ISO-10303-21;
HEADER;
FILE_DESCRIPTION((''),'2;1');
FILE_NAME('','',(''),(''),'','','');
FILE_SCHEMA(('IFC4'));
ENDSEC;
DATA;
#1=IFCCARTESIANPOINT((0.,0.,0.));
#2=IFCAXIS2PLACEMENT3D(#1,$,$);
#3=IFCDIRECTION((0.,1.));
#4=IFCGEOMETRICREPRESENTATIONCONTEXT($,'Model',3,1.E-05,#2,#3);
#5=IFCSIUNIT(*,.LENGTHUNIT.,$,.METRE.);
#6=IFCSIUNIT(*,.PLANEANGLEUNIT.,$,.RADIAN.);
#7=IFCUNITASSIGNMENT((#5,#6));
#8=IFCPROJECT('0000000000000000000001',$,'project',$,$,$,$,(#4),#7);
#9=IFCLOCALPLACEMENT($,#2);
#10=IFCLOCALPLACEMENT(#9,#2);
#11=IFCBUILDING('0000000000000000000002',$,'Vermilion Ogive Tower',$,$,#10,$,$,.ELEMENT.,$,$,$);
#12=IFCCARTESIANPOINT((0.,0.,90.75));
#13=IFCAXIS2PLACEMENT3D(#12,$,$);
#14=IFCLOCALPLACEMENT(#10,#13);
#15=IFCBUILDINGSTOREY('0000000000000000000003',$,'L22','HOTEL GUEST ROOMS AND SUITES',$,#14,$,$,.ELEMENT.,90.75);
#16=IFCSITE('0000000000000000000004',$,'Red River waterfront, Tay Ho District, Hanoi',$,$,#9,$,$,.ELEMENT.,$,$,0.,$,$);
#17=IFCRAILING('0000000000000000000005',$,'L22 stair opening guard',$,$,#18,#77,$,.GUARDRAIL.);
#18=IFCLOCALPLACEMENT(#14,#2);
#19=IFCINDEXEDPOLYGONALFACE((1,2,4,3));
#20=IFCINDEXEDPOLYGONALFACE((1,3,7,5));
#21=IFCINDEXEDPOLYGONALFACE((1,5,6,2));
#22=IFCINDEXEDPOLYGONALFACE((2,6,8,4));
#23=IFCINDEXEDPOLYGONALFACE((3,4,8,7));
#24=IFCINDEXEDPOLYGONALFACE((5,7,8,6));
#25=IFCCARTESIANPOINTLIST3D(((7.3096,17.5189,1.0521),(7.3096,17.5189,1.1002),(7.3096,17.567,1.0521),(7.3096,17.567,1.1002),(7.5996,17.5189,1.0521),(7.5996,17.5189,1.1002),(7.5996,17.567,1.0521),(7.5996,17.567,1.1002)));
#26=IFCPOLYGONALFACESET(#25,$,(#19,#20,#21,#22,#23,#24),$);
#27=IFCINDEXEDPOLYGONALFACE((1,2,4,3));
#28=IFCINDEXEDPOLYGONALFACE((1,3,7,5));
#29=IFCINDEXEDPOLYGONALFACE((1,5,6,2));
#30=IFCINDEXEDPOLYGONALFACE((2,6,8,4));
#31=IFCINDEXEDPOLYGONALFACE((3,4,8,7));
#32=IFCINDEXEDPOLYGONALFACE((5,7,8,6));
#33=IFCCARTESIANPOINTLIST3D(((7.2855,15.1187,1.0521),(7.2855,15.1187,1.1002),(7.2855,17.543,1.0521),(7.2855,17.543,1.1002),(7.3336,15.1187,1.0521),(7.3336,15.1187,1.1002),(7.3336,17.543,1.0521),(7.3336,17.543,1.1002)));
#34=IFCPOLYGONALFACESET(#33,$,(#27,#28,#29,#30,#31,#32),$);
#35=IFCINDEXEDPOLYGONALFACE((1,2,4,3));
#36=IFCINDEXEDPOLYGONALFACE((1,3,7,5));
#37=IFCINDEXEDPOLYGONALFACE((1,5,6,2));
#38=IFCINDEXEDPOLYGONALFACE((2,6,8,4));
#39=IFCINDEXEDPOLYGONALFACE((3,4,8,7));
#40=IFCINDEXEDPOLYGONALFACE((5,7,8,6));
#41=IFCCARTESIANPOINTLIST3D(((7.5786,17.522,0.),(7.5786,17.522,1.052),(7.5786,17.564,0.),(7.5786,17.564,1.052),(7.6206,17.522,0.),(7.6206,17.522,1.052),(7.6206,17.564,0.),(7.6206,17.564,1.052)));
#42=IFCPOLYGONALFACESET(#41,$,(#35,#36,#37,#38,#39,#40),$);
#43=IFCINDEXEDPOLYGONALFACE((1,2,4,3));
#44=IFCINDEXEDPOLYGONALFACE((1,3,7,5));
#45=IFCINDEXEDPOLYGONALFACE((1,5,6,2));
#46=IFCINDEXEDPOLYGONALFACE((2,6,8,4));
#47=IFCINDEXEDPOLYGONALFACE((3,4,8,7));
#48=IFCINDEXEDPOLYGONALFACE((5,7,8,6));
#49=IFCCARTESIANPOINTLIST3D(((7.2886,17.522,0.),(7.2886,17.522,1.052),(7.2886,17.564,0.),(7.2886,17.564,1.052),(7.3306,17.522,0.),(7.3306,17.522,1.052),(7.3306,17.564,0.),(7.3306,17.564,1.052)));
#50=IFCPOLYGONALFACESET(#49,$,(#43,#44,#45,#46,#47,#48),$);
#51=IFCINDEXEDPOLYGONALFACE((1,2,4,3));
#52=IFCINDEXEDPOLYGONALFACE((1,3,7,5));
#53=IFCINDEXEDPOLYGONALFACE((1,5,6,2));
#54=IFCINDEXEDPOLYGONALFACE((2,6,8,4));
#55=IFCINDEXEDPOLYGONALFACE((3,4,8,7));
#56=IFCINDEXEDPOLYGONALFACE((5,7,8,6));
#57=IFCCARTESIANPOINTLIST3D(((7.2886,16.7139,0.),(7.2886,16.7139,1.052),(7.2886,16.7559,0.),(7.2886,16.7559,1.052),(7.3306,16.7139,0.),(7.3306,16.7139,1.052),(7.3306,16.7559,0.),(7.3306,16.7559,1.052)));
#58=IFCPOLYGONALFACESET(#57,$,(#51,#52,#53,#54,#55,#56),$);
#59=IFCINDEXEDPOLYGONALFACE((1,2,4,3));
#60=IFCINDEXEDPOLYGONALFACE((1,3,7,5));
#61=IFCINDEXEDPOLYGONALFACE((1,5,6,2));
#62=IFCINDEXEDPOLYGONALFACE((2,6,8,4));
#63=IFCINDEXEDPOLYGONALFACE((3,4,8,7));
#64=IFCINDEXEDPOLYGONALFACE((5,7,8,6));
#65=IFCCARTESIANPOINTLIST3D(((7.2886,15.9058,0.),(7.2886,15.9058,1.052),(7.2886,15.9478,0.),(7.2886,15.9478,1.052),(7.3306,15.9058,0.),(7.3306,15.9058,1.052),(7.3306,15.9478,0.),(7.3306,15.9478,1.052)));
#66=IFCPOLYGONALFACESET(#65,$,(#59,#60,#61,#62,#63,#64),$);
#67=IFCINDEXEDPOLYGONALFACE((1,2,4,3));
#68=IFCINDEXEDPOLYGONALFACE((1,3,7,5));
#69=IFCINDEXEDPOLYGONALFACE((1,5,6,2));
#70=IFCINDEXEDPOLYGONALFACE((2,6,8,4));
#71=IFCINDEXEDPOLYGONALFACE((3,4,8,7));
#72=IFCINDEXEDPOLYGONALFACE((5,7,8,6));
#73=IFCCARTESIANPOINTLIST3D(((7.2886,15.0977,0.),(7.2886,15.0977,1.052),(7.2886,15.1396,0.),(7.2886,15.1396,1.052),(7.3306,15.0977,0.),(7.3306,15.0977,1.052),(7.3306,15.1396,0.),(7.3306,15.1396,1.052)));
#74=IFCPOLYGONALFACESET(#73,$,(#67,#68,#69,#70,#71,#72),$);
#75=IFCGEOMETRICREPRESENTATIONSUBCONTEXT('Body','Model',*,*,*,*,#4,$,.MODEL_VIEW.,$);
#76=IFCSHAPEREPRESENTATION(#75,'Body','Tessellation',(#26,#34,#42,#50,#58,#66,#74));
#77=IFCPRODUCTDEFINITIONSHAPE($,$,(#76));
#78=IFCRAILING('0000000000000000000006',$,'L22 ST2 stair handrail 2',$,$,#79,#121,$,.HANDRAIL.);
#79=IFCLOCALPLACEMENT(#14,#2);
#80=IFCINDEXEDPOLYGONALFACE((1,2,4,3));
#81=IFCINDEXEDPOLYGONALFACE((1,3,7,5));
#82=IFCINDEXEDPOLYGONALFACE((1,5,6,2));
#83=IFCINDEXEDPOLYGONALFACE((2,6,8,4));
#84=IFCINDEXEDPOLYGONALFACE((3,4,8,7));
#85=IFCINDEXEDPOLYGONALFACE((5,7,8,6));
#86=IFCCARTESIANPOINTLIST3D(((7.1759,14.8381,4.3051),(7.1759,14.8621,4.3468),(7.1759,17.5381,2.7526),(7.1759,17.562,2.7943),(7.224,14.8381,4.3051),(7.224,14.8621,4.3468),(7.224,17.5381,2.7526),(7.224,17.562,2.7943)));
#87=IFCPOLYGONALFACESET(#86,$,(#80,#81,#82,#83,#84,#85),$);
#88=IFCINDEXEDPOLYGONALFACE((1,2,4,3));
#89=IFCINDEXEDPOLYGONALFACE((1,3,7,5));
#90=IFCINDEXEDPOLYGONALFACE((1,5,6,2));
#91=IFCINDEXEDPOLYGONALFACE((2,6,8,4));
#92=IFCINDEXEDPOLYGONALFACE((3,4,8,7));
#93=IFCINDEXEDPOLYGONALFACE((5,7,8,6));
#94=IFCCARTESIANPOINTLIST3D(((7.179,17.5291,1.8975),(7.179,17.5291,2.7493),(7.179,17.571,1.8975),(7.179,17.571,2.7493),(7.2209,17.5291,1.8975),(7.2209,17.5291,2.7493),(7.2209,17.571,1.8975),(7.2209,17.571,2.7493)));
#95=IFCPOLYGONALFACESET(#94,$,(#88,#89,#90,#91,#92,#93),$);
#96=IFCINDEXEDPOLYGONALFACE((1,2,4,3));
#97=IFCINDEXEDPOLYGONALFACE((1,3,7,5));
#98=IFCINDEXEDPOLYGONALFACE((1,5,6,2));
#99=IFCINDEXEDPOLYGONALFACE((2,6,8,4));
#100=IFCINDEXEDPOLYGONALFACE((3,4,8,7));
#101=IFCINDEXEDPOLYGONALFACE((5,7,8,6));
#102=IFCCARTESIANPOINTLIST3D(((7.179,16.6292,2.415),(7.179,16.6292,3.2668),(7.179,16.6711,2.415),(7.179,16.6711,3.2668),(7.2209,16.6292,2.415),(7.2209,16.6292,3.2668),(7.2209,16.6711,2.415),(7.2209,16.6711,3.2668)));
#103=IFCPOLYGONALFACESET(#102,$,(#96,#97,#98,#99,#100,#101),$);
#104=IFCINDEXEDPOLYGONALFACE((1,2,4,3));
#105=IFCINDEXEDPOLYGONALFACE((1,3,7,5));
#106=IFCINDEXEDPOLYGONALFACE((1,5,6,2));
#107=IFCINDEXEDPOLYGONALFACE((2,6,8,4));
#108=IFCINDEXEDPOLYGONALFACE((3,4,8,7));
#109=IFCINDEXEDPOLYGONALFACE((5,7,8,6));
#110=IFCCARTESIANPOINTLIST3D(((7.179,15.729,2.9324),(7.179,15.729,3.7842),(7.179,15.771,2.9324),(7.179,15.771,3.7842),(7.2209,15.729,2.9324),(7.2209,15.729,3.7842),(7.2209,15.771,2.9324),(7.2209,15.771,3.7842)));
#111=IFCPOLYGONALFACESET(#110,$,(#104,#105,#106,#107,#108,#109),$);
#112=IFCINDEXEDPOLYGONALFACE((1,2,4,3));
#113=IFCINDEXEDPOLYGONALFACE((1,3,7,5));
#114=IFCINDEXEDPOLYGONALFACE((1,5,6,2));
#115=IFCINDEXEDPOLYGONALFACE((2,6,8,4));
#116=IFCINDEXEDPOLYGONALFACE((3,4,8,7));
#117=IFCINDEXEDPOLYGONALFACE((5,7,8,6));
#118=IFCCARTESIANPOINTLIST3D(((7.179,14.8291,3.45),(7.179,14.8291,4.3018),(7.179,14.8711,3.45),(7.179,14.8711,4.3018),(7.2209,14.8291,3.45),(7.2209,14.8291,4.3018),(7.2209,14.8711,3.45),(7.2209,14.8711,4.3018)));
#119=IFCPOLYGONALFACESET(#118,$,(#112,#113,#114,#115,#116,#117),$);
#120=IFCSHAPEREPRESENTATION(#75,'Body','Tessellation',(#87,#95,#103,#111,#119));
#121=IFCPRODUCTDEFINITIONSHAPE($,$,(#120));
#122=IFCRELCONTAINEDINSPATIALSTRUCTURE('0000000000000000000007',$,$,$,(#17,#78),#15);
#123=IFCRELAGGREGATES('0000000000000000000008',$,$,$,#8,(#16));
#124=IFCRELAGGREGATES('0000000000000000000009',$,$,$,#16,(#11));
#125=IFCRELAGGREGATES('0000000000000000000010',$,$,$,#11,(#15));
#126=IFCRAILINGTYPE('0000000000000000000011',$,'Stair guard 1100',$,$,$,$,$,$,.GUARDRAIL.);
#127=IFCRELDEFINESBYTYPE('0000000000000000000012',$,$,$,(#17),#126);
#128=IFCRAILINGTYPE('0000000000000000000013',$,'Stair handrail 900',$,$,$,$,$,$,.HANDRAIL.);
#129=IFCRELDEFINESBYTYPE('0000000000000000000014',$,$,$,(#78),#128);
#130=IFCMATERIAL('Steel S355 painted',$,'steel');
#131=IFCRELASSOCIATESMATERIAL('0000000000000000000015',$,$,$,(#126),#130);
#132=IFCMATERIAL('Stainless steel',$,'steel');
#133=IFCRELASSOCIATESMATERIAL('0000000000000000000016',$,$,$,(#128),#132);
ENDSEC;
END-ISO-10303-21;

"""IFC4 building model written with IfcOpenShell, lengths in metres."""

from ifc_helpers import new_model, si_unit, direction, frame, origin, origin_2d, place, context, subcontext, project, spatial, rectangle, extrude, material, type_object, element, save


model = new_model("IFC4")

# Units and contexts
model_context = context("Model", 3, precision=1e-05, world=origin(), true_north=direction((0.0, 1.0)))
body_context = subcontext(model_context, "Body", "Model", "MODEL_VIEW")
ifc_project = project(units=[si_unit("LENGTHUNIT", "METRE"), si_unit("PLANEANGLEUNIT", "RADIAN")], contexts=[model_context])

# Site, building, storey
site_placement = place(None, origin())
site = spatial("IfcSite", under=ifc_project, at=site_placement, Name="Red River waterfront, Tay Ho District, Hanoi", CompositionType="ELEMENT", RefElevation=0.0)
building_placement = place(site_placement, origin())
building = spatial("IfcBuilding", under=site, at=building_placement, Name="Vermilion Ogive Tower", CompositionType="ELEMENT")
storey_placement = place(building_placement, frame((0.0, 0.0, 90.75)))
storey = spatial("IfcBuildingStorey", under=building, at=storey_placement, Name="L22", Description="HOTEL GUEST ROOMS AND SUITES", CompositionType="ELEMENT", Elevation=90.75)

# Railings
ifc_material_1 = material(Name="Steel S355 painted", Category="steel")
railing_type_1 = type_object("IfcRailingType", Name="Stair guard 1100", PredefinedType="GUARDRAIL", material=ifc_material_1)
railing_1_placement = place(storey_placement, frame((7.5996, 17.543, 0.0)))
element("IfcRailing", 1, at=railing_1_placement, inside=storey, type_object=railing_type_1, Name="L22 stair opening guard", PredefinedType="GUARDRAIL", context=body_context, shape_type="SweptSolid", body=[
    extrude(rectangle(XDim=0.0481, YDim=0.0481, at=origin_2d()), frame((0.0, 0.0, 1.0762), z_axis=(-1.0, 0.0, 0.0), x_axis=(0.0, -1.0, 0.0)), (0.0, 0.0, 1.0), 0.29),
    extrude(rectangle(XDim=0.0481, YDim=0.0481, at=origin_2d()), frame((-0.29, 0.0, 1.0762), z_axis=(0.0, -1.0, 0.0), x_axis=(1.0, 0.0, 0.0)), (0.0, 0.0, 1.0), 2.4243),
    extrude(rectangle(XDim=0.042, YDim=0.042, at=origin_2d()), origin(), (0.0, 0.0, 1.0), 1.052),
    extrude(rectangle(XDim=0.042, YDim=0.042, at=origin_2d()), frame((-0.29, 0.0, 0.0)), (0.0, 0.0, 1.0), 1.052),
    extrude(rectangle(XDim=0.042, YDim=0.042, at=origin_2d()), frame((-0.29, -0.8081, 0.0)), (0.0, 0.0, 1.0), 1.052),
    extrude(rectangle(XDim=0.042, YDim=0.042, at=origin_2d()), frame((-0.29, -1.6162, 0.0)), (0.0, 0.0, 1.0), 1.052),
    extrude(rectangle(XDim=0.042, YDim=0.042, at=origin_2d()), frame((-0.29, -2.4243, 0.0)), (0.0, 0.0, 1.0), 1.052),
])
ifc_material_2 = material(Name="Stainless steel", Category="steel")
railing_type_2 = type_object("IfcRailingType", Name="Stair handrail 900", PredefinedType="HANDRAIL", material=ifc_material_2)
railing_2_placement = place(storey_placement, frame((7.2, 17.55, 1.8975)))
element("IfcRailing", 2, at=railing_2_placement, inside=storey, type_object=railing_type_2, Name="L22 ST2 stair handrail 2", PredefinedType="HANDRAIL", context=body_context, shape_type="SweptSolid", body=[
    extrude(rectangle(XDim=0.0481, YDim=0.0481, at=origin_2d()), frame((0.0, 0.0, 0.876), z_axis=(0.0, -0.866904, 0.498476), x_axis=(1.0, 0.0, 0.0)), (0.0, 0.0, 1.0), 3.1145),
    extrude(rectangle(XDim=0.042, YDim=0.042, at=origin_2d()), origin(), (0.0, 0.0, 1.0), 0.8518),
    extrude(rectangle(XDim=0.042, YDim=0.042, at=origin_2d()), frame((0.0, -0.8999, 0.5176)), (0.0, 0.0, 1.0), 0.8518),
    extrude(rectangle(XDim=0.042, YDim=0.042, at=origin_2d()), frame((0.0, -1.8, 1.0349)), (0.0, 0.0, 1.0), 0.8518),
    extrude(rectangle(XDim=0.042, YDim=0.042, at=origin_2d()), frame((0.0, -2.7, 1.5525)), (0.0, 0.0, 1.0), 0.8518),
])

save(model, "model.ifc")
